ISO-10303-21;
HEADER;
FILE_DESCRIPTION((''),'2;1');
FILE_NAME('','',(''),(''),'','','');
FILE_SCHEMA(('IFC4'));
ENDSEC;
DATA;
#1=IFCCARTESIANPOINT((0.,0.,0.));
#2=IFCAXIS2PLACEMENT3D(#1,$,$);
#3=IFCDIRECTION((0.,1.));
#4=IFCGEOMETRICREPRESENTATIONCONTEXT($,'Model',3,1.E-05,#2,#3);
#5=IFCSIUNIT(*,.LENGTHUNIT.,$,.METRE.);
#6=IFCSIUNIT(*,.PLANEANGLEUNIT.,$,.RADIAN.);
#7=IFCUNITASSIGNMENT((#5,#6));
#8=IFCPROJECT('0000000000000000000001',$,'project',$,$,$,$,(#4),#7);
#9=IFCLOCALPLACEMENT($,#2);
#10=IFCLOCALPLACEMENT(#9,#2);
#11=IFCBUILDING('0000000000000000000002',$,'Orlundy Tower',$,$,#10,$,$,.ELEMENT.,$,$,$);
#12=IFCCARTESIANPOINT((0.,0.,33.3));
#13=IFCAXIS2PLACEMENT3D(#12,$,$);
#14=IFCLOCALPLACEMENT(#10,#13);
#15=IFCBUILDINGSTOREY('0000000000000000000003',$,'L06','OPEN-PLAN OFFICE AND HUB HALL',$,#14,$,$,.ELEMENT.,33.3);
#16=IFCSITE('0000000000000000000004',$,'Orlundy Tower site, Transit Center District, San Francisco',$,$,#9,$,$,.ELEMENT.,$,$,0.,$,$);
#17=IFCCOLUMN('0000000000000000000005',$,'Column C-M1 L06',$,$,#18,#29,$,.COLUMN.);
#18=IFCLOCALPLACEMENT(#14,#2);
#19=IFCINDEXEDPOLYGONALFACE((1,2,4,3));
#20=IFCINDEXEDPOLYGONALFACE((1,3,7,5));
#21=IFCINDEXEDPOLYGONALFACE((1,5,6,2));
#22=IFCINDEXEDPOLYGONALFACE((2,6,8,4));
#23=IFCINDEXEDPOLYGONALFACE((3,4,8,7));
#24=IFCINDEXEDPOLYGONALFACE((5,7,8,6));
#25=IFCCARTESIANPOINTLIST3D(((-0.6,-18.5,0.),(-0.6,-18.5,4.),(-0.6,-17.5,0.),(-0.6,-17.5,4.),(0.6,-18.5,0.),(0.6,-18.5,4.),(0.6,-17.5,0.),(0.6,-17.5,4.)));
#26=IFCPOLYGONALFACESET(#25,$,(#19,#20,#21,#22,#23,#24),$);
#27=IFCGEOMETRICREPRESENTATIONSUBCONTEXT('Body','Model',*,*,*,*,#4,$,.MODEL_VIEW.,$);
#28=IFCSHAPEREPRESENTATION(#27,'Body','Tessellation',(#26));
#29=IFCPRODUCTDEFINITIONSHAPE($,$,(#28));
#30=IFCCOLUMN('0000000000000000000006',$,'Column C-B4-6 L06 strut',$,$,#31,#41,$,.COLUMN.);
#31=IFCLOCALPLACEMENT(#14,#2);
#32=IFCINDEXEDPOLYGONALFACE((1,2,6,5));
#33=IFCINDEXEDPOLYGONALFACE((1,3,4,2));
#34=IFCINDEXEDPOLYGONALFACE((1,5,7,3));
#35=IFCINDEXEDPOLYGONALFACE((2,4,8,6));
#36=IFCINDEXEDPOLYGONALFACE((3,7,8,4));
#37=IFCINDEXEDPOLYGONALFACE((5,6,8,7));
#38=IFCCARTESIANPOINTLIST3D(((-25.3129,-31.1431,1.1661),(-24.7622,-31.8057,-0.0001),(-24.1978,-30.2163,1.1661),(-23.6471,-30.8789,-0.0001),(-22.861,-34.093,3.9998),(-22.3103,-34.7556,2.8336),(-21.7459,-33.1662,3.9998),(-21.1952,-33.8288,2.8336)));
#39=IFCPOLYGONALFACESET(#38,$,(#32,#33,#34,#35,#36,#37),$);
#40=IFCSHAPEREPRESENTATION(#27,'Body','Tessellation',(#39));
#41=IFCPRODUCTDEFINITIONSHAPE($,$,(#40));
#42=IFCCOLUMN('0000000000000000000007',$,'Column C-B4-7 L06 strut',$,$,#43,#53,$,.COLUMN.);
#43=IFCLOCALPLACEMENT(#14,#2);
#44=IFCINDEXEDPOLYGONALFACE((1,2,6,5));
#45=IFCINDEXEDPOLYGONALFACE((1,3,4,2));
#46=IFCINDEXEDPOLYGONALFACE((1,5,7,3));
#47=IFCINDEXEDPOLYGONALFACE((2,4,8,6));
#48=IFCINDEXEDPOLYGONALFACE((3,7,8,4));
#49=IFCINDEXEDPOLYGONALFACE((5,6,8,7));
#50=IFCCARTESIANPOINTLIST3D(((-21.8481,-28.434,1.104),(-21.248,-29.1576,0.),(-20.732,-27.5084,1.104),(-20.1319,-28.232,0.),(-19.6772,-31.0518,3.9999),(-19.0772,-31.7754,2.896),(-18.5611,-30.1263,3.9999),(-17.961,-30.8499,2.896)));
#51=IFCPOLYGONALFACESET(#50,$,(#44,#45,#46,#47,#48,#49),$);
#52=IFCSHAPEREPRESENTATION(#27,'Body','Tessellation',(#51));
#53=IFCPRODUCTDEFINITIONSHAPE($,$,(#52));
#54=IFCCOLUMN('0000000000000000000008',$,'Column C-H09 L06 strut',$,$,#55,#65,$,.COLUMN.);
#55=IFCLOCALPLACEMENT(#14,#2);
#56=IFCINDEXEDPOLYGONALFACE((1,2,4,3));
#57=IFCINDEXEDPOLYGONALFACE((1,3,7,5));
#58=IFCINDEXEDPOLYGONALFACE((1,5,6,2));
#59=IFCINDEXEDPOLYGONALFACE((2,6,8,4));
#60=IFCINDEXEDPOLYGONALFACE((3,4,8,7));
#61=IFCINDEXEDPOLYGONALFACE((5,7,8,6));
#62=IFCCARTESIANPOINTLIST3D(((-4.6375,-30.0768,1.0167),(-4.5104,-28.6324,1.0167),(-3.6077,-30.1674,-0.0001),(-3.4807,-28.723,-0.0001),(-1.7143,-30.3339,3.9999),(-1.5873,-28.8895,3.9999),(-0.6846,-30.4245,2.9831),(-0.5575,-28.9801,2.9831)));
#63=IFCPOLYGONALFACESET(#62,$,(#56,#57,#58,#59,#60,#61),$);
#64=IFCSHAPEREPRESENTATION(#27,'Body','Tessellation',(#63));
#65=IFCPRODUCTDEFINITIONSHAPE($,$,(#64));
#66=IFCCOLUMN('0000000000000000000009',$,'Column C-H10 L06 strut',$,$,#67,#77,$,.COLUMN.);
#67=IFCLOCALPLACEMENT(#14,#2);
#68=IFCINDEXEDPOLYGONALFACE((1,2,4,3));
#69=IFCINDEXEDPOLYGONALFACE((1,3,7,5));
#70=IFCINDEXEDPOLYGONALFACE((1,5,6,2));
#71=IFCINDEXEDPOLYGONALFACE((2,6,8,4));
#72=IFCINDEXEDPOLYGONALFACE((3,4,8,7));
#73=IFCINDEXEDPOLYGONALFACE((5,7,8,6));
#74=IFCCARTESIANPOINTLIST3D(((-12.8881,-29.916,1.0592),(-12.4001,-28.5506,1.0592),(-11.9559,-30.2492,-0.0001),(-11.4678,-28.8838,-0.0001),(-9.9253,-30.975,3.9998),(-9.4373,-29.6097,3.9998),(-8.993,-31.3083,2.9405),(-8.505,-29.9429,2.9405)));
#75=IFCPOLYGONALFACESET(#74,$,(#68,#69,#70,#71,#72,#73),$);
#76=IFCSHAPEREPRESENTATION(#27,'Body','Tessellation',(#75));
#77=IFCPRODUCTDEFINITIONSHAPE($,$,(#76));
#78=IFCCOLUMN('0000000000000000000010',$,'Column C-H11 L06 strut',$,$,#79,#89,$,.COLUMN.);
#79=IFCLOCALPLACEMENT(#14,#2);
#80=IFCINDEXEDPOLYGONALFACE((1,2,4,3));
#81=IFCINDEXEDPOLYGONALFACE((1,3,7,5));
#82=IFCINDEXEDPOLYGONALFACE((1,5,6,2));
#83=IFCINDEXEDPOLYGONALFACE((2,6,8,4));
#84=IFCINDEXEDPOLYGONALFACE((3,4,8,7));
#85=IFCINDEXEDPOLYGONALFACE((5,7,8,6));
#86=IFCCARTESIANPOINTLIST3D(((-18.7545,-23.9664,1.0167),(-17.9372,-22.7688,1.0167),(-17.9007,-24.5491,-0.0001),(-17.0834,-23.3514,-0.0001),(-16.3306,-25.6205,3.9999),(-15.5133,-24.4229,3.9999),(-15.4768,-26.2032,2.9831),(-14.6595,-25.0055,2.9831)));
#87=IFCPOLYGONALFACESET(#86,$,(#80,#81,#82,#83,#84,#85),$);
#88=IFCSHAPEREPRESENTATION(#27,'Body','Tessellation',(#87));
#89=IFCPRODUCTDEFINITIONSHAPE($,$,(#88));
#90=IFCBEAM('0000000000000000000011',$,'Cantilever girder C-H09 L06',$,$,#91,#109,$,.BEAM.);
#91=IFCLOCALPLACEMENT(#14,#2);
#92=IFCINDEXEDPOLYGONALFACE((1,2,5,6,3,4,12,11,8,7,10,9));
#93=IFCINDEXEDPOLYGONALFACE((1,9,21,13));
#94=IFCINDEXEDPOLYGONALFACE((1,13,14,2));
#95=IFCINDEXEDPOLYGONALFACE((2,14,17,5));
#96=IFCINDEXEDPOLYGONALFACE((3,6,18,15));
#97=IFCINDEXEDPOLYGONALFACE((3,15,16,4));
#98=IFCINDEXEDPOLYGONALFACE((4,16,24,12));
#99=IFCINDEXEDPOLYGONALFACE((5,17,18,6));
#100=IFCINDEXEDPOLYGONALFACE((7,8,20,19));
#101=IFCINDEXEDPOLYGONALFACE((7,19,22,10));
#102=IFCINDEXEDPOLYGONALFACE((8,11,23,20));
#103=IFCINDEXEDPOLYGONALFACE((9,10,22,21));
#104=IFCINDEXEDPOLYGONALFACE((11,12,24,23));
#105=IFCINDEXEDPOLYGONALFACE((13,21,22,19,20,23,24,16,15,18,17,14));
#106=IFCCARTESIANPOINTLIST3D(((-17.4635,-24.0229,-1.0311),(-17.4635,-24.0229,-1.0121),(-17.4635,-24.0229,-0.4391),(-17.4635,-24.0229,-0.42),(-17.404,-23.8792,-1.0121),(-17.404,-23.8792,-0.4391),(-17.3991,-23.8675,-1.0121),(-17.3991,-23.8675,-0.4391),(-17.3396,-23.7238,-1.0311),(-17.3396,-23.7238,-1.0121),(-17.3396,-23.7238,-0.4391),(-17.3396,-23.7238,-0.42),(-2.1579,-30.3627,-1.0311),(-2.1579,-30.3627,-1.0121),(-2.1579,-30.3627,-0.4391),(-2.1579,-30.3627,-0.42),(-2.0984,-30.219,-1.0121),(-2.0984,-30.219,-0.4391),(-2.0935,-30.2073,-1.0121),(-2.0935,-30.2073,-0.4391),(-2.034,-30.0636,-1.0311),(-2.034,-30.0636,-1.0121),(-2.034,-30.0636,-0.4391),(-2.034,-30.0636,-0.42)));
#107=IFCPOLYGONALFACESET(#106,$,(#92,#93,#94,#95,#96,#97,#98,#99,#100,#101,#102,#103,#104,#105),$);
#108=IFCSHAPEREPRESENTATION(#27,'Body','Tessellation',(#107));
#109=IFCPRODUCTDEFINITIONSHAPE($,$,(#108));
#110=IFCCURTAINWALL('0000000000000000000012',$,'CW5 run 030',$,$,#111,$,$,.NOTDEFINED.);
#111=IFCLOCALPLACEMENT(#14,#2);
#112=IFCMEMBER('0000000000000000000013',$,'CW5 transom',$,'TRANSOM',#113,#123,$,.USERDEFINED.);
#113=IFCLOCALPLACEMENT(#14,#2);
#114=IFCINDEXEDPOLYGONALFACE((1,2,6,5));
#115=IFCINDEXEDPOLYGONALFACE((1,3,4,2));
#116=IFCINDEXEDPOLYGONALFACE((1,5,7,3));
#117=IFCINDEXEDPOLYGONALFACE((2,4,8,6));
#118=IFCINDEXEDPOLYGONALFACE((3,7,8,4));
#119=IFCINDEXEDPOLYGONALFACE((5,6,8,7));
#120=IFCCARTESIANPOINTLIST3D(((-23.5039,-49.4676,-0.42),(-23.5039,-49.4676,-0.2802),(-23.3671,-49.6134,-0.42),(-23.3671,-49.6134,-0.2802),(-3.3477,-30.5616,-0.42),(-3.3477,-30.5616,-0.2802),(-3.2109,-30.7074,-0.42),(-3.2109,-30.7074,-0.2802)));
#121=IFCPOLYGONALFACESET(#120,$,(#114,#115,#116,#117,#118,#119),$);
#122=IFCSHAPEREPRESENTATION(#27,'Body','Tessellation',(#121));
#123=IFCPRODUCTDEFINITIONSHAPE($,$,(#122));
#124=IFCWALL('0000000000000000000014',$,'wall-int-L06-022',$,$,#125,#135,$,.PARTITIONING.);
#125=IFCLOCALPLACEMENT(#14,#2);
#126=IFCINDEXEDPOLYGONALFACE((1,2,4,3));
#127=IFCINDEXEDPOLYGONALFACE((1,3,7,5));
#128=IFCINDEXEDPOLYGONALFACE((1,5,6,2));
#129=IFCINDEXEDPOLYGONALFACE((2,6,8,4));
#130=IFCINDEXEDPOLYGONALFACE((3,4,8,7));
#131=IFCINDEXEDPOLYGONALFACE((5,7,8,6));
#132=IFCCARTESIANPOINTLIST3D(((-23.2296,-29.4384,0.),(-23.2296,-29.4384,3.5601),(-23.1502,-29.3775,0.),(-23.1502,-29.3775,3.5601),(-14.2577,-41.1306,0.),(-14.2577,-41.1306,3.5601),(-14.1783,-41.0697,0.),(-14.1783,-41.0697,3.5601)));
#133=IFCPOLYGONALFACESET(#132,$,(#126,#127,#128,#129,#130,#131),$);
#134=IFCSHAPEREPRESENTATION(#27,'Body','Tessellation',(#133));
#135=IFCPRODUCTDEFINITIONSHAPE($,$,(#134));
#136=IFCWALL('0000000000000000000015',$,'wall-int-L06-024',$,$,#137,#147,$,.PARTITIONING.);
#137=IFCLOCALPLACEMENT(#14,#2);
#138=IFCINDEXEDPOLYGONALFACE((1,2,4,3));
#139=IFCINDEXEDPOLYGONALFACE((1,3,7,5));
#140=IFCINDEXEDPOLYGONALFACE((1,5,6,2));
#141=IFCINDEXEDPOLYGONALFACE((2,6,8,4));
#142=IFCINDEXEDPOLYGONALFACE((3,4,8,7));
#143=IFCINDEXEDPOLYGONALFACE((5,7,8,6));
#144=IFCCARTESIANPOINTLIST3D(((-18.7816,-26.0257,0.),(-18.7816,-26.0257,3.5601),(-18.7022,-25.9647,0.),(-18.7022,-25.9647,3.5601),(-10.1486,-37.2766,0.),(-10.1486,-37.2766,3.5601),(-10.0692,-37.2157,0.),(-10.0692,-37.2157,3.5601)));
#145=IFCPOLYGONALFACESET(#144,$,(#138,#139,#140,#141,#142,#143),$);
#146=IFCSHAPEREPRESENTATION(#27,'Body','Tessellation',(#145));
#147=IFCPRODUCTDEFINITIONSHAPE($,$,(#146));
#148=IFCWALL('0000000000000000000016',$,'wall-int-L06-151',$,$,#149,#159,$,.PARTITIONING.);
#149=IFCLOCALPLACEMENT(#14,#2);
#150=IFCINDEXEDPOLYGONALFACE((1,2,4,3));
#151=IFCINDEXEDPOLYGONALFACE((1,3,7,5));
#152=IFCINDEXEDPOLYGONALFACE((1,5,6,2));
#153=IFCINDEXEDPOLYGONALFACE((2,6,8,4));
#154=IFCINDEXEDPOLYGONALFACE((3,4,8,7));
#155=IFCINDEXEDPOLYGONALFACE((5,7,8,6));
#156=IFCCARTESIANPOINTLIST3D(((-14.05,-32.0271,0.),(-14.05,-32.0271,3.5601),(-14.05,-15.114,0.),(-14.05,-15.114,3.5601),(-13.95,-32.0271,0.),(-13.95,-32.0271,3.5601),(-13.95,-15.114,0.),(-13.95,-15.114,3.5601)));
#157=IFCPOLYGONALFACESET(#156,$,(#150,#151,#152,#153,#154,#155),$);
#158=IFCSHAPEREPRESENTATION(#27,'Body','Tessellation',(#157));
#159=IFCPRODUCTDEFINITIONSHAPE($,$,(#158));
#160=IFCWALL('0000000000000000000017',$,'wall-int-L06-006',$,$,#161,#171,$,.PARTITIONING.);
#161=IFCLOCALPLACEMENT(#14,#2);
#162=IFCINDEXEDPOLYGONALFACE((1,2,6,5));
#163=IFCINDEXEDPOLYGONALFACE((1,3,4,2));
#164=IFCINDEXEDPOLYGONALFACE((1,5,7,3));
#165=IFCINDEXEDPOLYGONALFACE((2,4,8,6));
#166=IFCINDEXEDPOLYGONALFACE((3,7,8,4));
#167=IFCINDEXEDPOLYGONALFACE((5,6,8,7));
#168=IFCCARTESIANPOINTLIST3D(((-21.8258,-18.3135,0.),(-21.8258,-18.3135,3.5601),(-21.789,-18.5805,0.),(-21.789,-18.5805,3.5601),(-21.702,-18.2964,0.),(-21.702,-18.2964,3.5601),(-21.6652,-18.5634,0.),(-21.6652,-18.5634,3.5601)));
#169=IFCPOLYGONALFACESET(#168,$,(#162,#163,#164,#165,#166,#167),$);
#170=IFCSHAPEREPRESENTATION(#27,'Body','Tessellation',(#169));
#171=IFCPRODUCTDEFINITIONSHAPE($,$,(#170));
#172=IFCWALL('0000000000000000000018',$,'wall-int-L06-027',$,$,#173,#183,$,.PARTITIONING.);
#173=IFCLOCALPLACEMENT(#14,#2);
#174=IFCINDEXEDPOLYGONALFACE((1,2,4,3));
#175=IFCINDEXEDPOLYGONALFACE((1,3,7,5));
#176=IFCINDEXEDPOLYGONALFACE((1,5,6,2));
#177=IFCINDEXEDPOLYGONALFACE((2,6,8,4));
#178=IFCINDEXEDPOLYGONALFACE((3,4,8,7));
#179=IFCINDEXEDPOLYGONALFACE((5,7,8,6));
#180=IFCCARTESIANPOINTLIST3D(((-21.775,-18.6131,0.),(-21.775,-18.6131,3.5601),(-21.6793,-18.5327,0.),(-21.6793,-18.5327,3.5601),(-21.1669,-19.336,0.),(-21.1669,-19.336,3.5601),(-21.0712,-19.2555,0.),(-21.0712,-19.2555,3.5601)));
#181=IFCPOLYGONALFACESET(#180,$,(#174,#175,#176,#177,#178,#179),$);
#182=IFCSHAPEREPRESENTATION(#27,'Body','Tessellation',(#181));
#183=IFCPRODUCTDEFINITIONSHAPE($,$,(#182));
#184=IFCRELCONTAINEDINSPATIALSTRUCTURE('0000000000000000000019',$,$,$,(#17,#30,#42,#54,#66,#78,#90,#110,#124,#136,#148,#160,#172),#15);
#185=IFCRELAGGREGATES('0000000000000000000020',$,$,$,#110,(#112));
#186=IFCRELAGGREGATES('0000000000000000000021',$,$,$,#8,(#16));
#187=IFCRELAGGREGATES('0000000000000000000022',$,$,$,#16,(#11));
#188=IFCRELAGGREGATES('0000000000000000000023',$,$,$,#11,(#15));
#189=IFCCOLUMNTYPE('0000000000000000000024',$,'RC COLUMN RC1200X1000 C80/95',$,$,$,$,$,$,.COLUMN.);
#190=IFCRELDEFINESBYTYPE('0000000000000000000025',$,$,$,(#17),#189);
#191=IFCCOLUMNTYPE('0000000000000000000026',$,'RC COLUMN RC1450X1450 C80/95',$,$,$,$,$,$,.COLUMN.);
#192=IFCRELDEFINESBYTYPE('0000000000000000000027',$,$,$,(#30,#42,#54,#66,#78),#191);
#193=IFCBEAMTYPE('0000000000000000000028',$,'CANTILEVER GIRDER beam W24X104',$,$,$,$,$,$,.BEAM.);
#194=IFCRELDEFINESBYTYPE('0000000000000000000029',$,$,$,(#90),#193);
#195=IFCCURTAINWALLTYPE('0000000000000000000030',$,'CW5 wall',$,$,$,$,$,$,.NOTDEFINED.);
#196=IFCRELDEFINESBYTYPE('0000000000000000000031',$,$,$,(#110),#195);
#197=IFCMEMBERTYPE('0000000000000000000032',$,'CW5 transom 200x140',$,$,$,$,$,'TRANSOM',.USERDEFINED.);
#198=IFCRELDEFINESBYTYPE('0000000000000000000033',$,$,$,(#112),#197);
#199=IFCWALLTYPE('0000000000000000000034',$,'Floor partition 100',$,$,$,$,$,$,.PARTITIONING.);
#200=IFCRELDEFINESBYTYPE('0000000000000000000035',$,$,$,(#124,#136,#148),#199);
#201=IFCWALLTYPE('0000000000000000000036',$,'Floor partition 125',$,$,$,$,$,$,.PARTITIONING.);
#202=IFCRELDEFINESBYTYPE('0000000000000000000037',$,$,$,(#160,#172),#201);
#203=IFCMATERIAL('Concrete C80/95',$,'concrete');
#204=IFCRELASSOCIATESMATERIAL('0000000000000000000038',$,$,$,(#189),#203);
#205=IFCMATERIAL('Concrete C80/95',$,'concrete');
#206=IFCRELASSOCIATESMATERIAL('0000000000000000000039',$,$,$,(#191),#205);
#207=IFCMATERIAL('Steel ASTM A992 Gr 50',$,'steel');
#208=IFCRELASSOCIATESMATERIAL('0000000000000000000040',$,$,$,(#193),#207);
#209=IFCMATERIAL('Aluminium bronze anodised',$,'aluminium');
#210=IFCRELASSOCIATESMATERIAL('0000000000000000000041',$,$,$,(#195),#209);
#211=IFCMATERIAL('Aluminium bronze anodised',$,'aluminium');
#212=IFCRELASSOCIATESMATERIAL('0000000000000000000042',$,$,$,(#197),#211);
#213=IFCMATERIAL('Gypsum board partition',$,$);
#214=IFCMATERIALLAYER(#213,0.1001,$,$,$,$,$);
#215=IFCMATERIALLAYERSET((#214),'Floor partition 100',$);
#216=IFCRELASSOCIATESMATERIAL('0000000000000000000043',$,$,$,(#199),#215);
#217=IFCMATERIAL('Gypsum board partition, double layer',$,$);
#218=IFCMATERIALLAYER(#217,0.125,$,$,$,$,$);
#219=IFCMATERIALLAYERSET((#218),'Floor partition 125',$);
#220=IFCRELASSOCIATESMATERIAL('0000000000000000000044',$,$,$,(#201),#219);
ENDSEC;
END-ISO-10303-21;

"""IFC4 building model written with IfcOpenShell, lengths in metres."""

from ifc_helpers import new_model, si_unit, direction, frame, frame_2d, origin, origin_2d, place, context, subcontext, project, spatial, rectangle, i_section, extrude, material, layer, layer_set, material_profile, profile_set, type_object, element, aggregate, save


model = new_model("IFC4")

# Units and contexts
model_context = context("Model", 3, precision=1e-05, world=origin(), true_north=direction((0.0, 1.0)))
body_context = subcontext(model_context, "Body", "Model", "MODEL_VIEW")
ifc_project = project(units=[si_unit("LENGTHUNIT", "METRE"), si_unit("PLANEANGLEUNIT", "RADIAN")], contexts=[model_context])

# Site, building, storey
site_placement = place(None, origin())
site = spatial("IfcSite", under=ifc_project, at=site_placement, Name="Orlundy Tower site, Transit Center District, San Francisco", CompositionType="ELEMENT", RefElevation=0.0)
building_placement = place(site_placement, origin())
building = spatial("IfcBuilding", under=site, at=building_placement, Name="Orlundy Tower", CompositionType="ELEMENT")
storey_placement = place(building_placement, frame((0.0, 0.0, 33.3)))
storey = spatial("IfcBuildingStorey", under=building, at=storey_placement, Name="L06", Description="OPEN-PLAN OFFICE AND HUB HALL", CompositionType="ELEMENT", Elevation=33.3)

# Columns
ifc_material_1 = material(Name="Concrete C80/95", Category="concrete")
ifc_material_profile_1 = material_profile(ifc_material_1, rectangle(XDim=1.2, YDim=1.0, at=origin_2d()), Name="RC1200X1000")
ifc_profile_set_1 = profile_set([ifc_material_profile_1], Name="Concrete C80/95")
column_type_1 = type_object("IfcColumnType", Name="RC COLUMN RC1200X1000 C80/95", PredefinedType="COLUMN", material=ifc_profile_set_1)
column_1_placement = place(storey_placement, frame((0.0, -18.0, 0.0), z_axis=(0.0, 0.0, 1.0), x_axis=(1.0, 0.0, 0.0)))
element("IfcColumn", 1, at=column_1_placement, inside=storey, type_object=column_type_1, Name="Column C-M1 L06", PredefinedType="COLUMN", context=body_context, shape_type="SweptSolid", body=[
    extrude(rectangle(XDim=1.2, YDim=1.0, at=origin_2d()), origin(), (0.0, 0.0, 1.0), 4.0),
])
ifc_material_2 = material(Name="Concrete C80/95", Category="concrete")
ifc_material_profile_2 = material_profile(ifc_material_2, rectangle(XDim=1.45, YDim=1.45, at=origin_2d()), Name="RC1450X1450")
ifc_profile_set_2 = profile_set([ifc_material_profile_2], Name="Concrete C80/95")
column_type_2 = type_object("IfcColumnType", Name="RC COLUMN RC1450X1450 C80/95", PredefinedType="COLUMN", material=ifc_profile_set_2)
column_2_placement = place(storey_placement, frame((-24.48, -31.011, 0.583), z_axis=(0.514125, -0.618558, 0.59419), x_axis=(0.76904, 0.639201, 0.0)))
element("IfcColumn", 2, at=column_2_placement, inside=storey, type_object=column_type_2, Name="Column C-B4-6 L06 strut", PredefinedType="COLUMN", context=body_context, shape_type="SweptSolid", body=[
    extrude(rectangle(XDim=1.45, YDim=1.45, at=origin_2d()), origin(), (0.0, 0.0, 1.0), 4.769),
])
column_3_placement = place(storey_placement, frame((-20.99, -28.333, 0.552), z_axis=(0.485998, -0.586072, 0.648325), x_axis=(0.769767, 0.638325, 0.0)))
element("IfcColumn", 3, at=column_3_placement, inside=storey, type_object=column_type_2, Name="Column C-B4-7 L06 strut", PredefinedType="COLUMN", context=body_context, shape_type="SweptSolid", body=[
    extrude(rectangle(XDim=1.45, YDim=1.45, at=origin_2d()), origin(), (0.0, 0.0, 1.0), 4.4668),
])
column_4_placement = place(storey_placement, frame((-4.0591, -29.3999, 0.5083), z_axis=(0.698558, -0.061437, 0.712911), x_axis=(0.08761, 0.996155, 0.0)))
element("IfcColumn", 4, at=column_4_placement, inside=storey, type_object=column_type_2, Name="Column C-H09 L06 strut", PredefinedType="COLUMN", context=body_context, shape_type="SweptSolid", body=[
    extrude(rectangle(XDim=1.45, YDim=1.45, at=origin_2d()), origin(), (0.0, 0.0, 1.0), 4.1846),
])
column_5_placement = place(storey_placement, frame((-12.178, -29.3999, 0.5295), z_axis=(0.687967, -0.245913, 0.682809), x_axis=(0.336592, 0.941651, 0.0)))
element("IfcColumn", 5, at=column_5_placement, inside=storey, type_object=column_type_2, Name="Column C-H10 L06 strut", PredefinedType="COLUMN", context=body_context, shape_type="SweptSolid", body=[
    extrude(rectangle(XDim=1.45, YDim=1.45, at=origin_2d()), origin(), (0.0, 0.0, 1.0), 4.3066),
])
column_6_placement = place(storey_placement, frame((-17.9189, -23.6589, 0.5083), z_axis=(0.57924, -0.395281, 0.712906), x_axis=(0.563672, 0.825998, 0.0)))
element("IfcColumn", 6, at=column_6_placement, inside=storey, type_object=column_type_2, Name="Column C-H11 L06 strut", PredefinedType="COLUMN", context=body_context, shape_type="SweptSolid", body=[
    extrude(rectangle(XDim=1.45, YDim=1.45, at=origin_2d()), origin(), (0.0, 0.0, 1.0), 4.1846),
])

# Beam
ifc_material_3 = material(Name="Steel ASTM A992 Gr 50", Category="steel")
ifc_material_profile_3 = material_profile(ifc_material_3, i_section(OverallWidth=0.3237, OverallDepth=0.6111, WebThickness=0.0127, FlangeThickness=0.019, at=origin_2d()), Name="W24X104")
ifc_profile_set_3 = profile_set([ifc_material_profile_3], Name="Steel ASTM A992 Gr 50")
beam_type = type_object("IfcBeamType", Name="CANTILEVER GIRDER beam W24X104", PredefinedType="BEAM", material=ifc_profile_set_3)
beam_placement = place(storey_placement, frame((-2.0959, -30.2131, -0.7256), z_axis=(-0.923879, 0.382685, 0.0), x_axis=(-0.382685, -0.923879, 0.0)))
element("IfcBeam", 7, at=beam_placement, inside=storey, type_object=beam_type, Name="Cantilever girder C-H09 L06", PredefinedType="BEAM", context=body_context, shape_type="SweptSolid", body=[
    extrude(i_section(OverallWidth=0.3237, OverallDepth=0.6111, WebThickness=0.0127, FlangeThickness=0.019, at=origin_2d()), origin(), (0.0, 0.0, 1.0), 16.5667),
])

# Curtain wall, member
ifc_material_4 = material(Name="Aluminium bronze anodised", Category="aluminium")
curtain_wall_type = type_object("IfcCurtainWallType", Name="CW5 wall", PredefinedType="NOTDEFINED", material=ifc_material_4)
curtain_wall_placement = place(storey_placement, origin())
curtain_wall = element("IfcCurtainWall", 8, at=curtain_wall_placement, inside=storey, type_object=curtain_wall_type, Name="CW5 run 030", PredefinedType="NOTDEFINED")
ifc_material_5 = material(Name="Aluminium bronze anodised", Category="aluminium")
ifc_material_profile_4 = material_profile(ifc_material_5, rectangle(XDim=0.2, YDim=0.1399, at=origin_2d()), Name="CW5 transom 200x140")
ifc_profile_set_4 = profile_set([ifc_material_profile_4], Name="Aluminium bronze anodised")
member_type = type_object("IfcMemberType", Name="CW5 transom 200x140", ElementType="TRANSOM", PredefinedType="USERDEFINED", material=ifc_profile_set_4)
member_placement = place(storey_placement, frame((-3.2793, -30.6345, -0.3501), z_axis=(-0.729365, -0.684124, 0.0), x_axis=(0.684124, -0.729365, 0.0)))
member = element("IfcMember", 9, at=member_placement, type_object=member_type, Name="CW5 transom", ObjectType="TRANSOM", PredefinedType="USERDEFINED", context=body_context, shape_type="SweptSolid", body=[
    extrude(rectangle(XDim=0.2, YDim=0.1399, at=origin_2d()), origin(), (0.0, 0.0, 1.0), 27.6353),
])
aggregate(curtain_wall, [member])

# Walls
ifc_material_6 = material(Name="Gypsum board partition")
ifc_layer_1 = layer(ifc_material_6, 0.1001)
ifc_layer_set_1 = layer_set([ifc_layer_1], Name="Floor partition 100")
wall_type_1 = type_object("IfcWallType", Name="Floor partition 100", PredefinedType="PARTITIONING", material=ifc_layer_set_1)
wall_1_placement = place(storey_placement, frame((-23.1899, -29.408, 0.0), z_axis=(0.0, 0.0, 1.0), x_axis=(0.608771, -0.793346, 0.0)))
element("IfcWall", 10, at=wall_1_placement, inside=storey, type_object=wall_type_1, Name="wall-int-L06-022", PredefinedType="PARTITIONING", context=body_context, shape_type="SweptSolid", body=[
    extrude(rectangle(XDim=14.7378, YDim=0.1001, at=frame_2d((7.3689, 0.0))), origin(), (0.0, 0.0, 1.0), 3.5601),
])
wall_2_placement = place(storey_placement, frame((-18.7419, -25.9951, 0.0), z_axis=(0.0, 0.0, 1.0), x_axis=(0.608756, -0.793357, 0.0)))
element("IfcWall", 11, at=wall_2_placement, inside=storey, type_object=wall_type_1, Name="wall-int-L06-024", PredefinedType="PARTITIONING", context=body_context, shape_type="SweptSolid", body=[
    extrude(rectangle(XDim=14.1814, YDim=0.1001, at=frame_2d((7.0908, 0.0))), origin(), (0.0, 0.0, 1.0), 3.5601),
])
wall_3_placement = place(storey_placement, frame((-14.0, -32.0271, 0.0), z_axis=(0.0, 0.0, 1.0), x_axis=(0.0, 1.0, 0.0)))
element("IfcWall", 12, at=wall_3_placement, inside=storey, type_object=wall_type_1, Name="wall-int-L06-151", PredefinedType="PARTITIONING", context=body_context, shape_type="SweptSolid", body=[
    extrude(rectangle(XDim=16.9131, YDim=0.1001, at=frame_2d((8.4565, 0.0))), origin(), (0.0, 0.0, 1.0), 3.5601),
])
ifc_material_7 = material(Name="Gypsum board partition, double layer")
ifc_layer_2 = layer(ifc_material_7, 0.125)
ifc_layer_set_2 = layer_set([ifc_layer_2], Name="Floor partition 125")
wall_type_2 = type_object("IfcWallType", Name="Floor partition 125", PredefinedType="PARTITIONING", material=ifc_layer_set_2)
wall_4_placement = place(storey_placement, frame((-21.7639, -18.3049, 0.0), z_axis=(0.0, 0.0, 1.0), x_axis=(0.136729, -0.990608, 0.0)))
element("IfcWall", 13, at=wall_4_placement, inside=storey, type_object=wall_type_2, Name="wall-int-L06-006", PredefinedType="PARTITIONING", context=body_context, shape_type="SweptSolid", body=[
    extrude(rectangle(XDim=0.2695, YDim=0.125, at=frame_2d((0.1348, 0.0))), origin(), (0.0, 0.0, 1.0), 3.5601),
])
wall_5_placement = place(storey_placement, frame((-21.7271, -18.573, 0.0), z_axis=(0.0, 0.0, 1.0), x_axis=(0.643762, -0.765226, 0.0)))
element("IfcWall", 14, at=wall_5_placement, inside=storey, type_object=wall_type_2, Name="wall-int-L06-027", PredefinedType="PARTITIONING", context=body_context, shape_type="SweptSolid", body=[
    extrude(rectangle(XDim=0.9446, YDim=0.125, at=frame_2d((0.4722, 0.0))), origin(), (0.0, 0.0, 1.0), 3.5601),
])

save(model, "model.ifc")
